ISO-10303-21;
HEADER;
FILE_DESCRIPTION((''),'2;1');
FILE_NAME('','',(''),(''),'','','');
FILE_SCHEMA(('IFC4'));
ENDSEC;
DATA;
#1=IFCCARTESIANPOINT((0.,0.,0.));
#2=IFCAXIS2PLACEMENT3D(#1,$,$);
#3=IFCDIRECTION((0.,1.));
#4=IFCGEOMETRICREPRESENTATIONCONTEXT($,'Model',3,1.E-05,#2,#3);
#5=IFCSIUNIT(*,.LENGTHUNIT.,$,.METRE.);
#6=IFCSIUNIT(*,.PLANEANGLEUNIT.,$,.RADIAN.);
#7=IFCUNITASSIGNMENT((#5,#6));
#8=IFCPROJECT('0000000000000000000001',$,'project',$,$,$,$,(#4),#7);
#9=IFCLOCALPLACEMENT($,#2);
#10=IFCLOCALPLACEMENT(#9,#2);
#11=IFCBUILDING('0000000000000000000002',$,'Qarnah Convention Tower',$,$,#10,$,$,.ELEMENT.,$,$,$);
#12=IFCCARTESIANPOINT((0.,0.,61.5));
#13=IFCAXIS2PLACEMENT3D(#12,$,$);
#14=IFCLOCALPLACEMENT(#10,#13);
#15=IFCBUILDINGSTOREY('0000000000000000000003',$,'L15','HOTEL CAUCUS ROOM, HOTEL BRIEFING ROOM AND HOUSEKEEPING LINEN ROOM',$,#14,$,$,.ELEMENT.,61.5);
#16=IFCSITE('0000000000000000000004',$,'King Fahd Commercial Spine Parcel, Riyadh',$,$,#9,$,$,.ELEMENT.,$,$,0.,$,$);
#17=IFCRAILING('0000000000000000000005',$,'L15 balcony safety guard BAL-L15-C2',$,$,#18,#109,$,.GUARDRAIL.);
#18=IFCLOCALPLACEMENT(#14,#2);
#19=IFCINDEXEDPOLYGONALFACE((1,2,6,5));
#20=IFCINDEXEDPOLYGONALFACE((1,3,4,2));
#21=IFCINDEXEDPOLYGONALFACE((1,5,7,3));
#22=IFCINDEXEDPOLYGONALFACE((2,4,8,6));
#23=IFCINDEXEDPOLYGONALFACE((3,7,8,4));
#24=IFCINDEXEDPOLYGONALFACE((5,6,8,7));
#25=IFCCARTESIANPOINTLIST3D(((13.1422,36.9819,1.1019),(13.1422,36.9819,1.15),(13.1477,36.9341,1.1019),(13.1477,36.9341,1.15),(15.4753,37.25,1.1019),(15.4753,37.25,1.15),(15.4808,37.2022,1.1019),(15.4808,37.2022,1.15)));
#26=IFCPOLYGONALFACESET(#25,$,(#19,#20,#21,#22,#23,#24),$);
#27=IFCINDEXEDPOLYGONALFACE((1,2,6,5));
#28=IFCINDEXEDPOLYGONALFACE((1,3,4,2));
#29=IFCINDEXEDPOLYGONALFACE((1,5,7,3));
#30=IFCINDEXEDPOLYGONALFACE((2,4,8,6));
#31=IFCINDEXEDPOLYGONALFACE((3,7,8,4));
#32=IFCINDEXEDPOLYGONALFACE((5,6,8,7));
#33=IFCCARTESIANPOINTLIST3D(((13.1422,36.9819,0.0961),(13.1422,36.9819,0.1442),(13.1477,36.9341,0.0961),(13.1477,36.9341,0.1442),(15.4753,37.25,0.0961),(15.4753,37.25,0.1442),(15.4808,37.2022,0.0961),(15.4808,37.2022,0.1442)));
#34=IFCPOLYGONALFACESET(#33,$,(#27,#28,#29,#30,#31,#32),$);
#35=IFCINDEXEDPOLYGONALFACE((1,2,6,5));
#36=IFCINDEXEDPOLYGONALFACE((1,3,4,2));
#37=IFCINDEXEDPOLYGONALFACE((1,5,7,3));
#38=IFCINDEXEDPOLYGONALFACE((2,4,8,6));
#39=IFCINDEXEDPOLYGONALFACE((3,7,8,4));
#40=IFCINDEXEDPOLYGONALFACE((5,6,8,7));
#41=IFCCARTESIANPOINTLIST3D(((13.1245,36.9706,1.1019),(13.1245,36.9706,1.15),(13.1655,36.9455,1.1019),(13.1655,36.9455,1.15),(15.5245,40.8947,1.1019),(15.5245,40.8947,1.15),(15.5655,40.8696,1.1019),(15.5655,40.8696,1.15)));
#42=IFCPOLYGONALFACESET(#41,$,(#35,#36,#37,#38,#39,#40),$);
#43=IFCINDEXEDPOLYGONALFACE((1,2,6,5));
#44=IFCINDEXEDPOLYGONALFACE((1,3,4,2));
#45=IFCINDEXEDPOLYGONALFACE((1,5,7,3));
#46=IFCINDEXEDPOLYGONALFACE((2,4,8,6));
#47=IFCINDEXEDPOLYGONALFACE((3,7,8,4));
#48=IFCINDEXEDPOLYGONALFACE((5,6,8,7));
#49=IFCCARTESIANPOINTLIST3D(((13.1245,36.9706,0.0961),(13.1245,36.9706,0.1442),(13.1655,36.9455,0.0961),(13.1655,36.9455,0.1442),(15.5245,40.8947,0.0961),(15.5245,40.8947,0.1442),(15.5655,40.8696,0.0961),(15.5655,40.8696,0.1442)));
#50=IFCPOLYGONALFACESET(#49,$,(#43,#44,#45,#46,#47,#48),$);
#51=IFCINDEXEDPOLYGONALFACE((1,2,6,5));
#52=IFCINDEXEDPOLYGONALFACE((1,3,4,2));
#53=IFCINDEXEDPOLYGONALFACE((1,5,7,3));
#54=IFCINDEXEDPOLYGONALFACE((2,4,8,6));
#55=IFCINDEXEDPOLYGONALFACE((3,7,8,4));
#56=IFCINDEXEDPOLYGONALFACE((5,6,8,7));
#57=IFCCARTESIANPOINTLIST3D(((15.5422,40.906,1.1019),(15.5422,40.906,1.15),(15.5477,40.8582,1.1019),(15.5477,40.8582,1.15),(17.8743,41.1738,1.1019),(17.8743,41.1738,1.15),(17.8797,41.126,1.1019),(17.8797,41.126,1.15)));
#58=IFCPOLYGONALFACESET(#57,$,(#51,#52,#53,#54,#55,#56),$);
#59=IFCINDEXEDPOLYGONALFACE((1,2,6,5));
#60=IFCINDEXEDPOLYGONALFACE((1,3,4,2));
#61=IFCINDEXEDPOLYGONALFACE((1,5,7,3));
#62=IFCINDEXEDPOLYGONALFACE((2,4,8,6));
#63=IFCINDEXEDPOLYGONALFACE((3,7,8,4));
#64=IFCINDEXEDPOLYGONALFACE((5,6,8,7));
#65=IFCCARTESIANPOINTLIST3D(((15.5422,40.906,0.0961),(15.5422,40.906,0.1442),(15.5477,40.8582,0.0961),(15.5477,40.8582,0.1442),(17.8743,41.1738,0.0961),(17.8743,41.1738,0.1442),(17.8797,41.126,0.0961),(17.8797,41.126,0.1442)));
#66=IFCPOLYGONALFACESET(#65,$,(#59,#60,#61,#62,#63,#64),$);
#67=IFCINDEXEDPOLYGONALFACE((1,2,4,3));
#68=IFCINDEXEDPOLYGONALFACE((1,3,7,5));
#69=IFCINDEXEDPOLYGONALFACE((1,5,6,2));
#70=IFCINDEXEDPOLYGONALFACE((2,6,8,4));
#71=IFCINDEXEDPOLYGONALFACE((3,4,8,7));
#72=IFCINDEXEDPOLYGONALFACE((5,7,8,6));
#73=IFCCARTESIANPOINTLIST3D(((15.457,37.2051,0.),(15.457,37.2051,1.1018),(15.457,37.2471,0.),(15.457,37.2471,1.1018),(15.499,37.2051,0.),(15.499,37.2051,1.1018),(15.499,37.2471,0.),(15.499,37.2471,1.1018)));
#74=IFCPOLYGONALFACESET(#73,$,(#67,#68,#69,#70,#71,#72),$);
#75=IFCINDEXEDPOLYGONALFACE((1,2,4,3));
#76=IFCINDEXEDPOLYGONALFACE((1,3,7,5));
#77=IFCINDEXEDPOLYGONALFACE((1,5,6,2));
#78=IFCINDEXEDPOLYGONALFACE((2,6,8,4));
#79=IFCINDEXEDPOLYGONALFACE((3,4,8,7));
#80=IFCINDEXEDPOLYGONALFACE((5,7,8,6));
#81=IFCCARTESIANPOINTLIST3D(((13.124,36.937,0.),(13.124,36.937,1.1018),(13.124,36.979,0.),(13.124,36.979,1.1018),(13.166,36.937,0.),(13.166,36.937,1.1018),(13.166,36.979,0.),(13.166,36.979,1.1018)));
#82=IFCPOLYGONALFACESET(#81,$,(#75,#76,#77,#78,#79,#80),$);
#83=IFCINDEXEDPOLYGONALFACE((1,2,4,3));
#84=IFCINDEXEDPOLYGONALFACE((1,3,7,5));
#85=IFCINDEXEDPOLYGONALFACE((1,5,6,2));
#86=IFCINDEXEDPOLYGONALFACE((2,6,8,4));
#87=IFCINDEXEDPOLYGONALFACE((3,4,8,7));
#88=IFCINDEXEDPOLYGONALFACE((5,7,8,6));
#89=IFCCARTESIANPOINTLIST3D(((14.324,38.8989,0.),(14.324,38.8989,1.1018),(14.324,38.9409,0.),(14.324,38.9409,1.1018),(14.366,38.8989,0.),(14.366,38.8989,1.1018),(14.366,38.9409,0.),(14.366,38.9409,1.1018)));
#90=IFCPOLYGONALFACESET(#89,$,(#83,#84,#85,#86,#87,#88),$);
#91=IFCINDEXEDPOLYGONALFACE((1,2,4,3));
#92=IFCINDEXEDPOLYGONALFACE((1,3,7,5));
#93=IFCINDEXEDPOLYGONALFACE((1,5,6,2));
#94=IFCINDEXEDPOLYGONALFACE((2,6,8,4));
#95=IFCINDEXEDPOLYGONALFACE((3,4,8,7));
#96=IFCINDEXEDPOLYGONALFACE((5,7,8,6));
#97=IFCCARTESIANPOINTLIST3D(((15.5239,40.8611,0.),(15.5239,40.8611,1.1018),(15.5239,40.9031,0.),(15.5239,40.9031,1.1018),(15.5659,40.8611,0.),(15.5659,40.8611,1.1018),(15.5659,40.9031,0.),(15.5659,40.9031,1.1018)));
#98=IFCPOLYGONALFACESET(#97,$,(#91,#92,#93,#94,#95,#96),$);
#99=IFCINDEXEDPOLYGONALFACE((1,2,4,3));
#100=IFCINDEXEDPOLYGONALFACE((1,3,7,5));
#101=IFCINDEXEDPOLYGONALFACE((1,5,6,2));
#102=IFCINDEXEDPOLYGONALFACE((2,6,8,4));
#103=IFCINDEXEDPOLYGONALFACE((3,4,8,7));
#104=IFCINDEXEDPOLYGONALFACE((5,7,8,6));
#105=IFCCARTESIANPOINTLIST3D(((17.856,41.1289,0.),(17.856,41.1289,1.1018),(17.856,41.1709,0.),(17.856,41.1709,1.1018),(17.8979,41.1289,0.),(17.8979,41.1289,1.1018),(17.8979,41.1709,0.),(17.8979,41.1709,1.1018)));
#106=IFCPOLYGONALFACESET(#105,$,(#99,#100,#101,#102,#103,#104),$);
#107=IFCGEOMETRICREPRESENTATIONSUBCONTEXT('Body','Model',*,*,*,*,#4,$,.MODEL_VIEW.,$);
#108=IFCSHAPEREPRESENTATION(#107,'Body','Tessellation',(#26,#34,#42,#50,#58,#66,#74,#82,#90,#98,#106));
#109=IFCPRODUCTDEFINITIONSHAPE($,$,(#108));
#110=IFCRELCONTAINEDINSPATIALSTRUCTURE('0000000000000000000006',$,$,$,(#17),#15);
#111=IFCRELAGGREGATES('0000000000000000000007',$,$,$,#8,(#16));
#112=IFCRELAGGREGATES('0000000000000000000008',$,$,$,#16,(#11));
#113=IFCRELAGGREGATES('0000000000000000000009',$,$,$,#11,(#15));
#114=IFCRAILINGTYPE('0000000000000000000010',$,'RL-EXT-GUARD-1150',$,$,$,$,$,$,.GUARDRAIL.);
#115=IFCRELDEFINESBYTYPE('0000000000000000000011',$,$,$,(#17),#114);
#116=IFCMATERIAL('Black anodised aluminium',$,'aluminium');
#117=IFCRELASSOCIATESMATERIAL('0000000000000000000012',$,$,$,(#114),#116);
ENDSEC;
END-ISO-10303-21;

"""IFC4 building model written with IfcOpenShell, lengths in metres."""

from ifc_helpers import new_model, si_unit, direction, frame, origin, origin_2d, place, context, subcontext, project, spatial, rectangle, extrude, material, type_object, element, save


model = new_model("IFC4")

# Units and contexts
model_context = context("Model", 3, precision=1e-05, world=origin(), true_north=direction((0.0, 1.0)))
body_context = subcontext(model_context, "Body", "Model", "MODEL_VIEW")
ifc_project = project(units=[si_unit("LENGTHUNIT", "METRE"), si_unit("PLANEANGLEUNIT", "RADIAN")], contexts=[model_context])

# Site, building, storey
site_placement = place(None, origin())
site = spatial("IfcSite", under=ifc_project, at=site_placement, Name="King Fahd Commercial Spine Parcel, Riyadh", CompositionType="ELEMENT", RefElevation=0.0)
building_placement = place(site_placement, origin())
building = spatial("IfcBuilding", under=site, at=building_placement, Name="Qarnah Convention Tower", CompositionType="ELEMENT")
storey_placement = place(building_placement, frame((0.0, 0.0, 61.5)))
storey = spatial("IfcBuildingStorey", under=building, at=storey_placement, Name="L15", Description="HOTEL CAUCUS ROOM, HOTEL BRIEFING ROOM AND HOUSEKEEPING LINEN ROOM", CompositionType="ELEMENT", Elevation=61.5)

# Shared definitions
ifc_material_1 = material(Name="Black anodised aluminium", Category="aluminium")

# Railing
railing_type = type_object("IfcRailingType", Name="RL-EXT-GUARD-1150", PredefinedType="GUARDRAIL", material=ifc_material_1)
railing_1_placement = place(storey_placement, frame((15.478, 37.2261, 0.0)))
element("IfcRailing", 1, at=railing_1_placement, inside=storey, type_object=railing_type, Name="L15 balcony safety guard BAL-L15-C2", PredefinedType="GUARDRAIL", context=body_context, shape_type="SweptSolid", body=[
    extrude(rectangle(XDim=0.0481, YDim=0.0481, at=origin_2d()), frame((0.0, 0.0, 1.126), z_axis=(-0.993463, -0.114151, 0.0), x_axis=(0.114151, -0.993463, 0.0)), (0.0, 0.0, 1.0), 2.3484),
    extrude(rectangle(XDim=0.0481, YDim=0.0481, at=origin_2d()), frame((0.0, 0.0, 0.1201), z_axis=(-0.993463, -0.114151, 0.0), x_axis=(0.114151, -0.993463, 0.0)), (0.0, 0.0, 1.0), 2.3484),
    extrude(rectangle(XDim=0.0481, YDim=0.0481, at=origin_2d()), frame((-2.333, -0.2681, 1.126), z_axis=(0.521744, 0.853102, 0.0), x_axis=(-0.853102, 0.521744, 0.0)), (0.0, 0.0, 1.0), 4.5999),
    extrude(rectangle(XDim=0.0481, YDim=0.0481, at=origin_2d()), frame((-2.333, -0.2681, 0.1201), z_axis=(0.521744, 0.853102, 0.0), x_axis=(-0.853102, 0.521744, 0.0)), (0.0, 0.0, 1.0), 4.5999),
    extrude(rectangle(XDim=0.0481, YDim=0.0481, at=origin_2d()), frame((0.0669, 3.656, 1.126), z_axis=(0.99347, 0.114095, 0.0), x_axis=(-0.114095, 0.99347, 0.0)), (0.0, 0.0, 1.0), 2.3474),
    extrude(rectangle(XDim=0.0481, YDim=0.0481, at=origin_2d()), frame((0.0669, 3.656, 0.1201), z_axis=(0.99347, 0.114095, 0.0), x_axis=(-0.114095, 0.99347, 0.0)), (0.0, 0.0, 1.0), 2.3474),
    extrude(rectangle(XDim=0.042, YDim=0.042, at=origin_2d()), origin(), (0.0, 0.0, 1.0), 1.1018),
    extrude(rectangle(XDim=0.042, YDim=0.042, at=origin_2d()), frame((-2.333, -0.2681, 0.0)), (0.0, 0.0, 1.0), 1.1018),
    extrude(rectangle(XDim=0.042, YDim=0.042, at=origin_2d()), frame((-1.1331, 1.6938, 0.0)), (0.0, 0.0, 1.0), 1.1018),
    extrude(rectangle(XDim=0.042, YDim=0.042, at=origin_2d()), frame((0.0669, 3.656, 0.0)), (0.0, 0.0, 1.0), 1.1018),
    extrude(rectangle(XDim=0.042, YDim=0.042, at=origin_2d()), frame((2.3989, 3.9238, 0.0)), (0.0, 0.0, 1.0), 1.1018),
])

save(model, "model.ifc")
